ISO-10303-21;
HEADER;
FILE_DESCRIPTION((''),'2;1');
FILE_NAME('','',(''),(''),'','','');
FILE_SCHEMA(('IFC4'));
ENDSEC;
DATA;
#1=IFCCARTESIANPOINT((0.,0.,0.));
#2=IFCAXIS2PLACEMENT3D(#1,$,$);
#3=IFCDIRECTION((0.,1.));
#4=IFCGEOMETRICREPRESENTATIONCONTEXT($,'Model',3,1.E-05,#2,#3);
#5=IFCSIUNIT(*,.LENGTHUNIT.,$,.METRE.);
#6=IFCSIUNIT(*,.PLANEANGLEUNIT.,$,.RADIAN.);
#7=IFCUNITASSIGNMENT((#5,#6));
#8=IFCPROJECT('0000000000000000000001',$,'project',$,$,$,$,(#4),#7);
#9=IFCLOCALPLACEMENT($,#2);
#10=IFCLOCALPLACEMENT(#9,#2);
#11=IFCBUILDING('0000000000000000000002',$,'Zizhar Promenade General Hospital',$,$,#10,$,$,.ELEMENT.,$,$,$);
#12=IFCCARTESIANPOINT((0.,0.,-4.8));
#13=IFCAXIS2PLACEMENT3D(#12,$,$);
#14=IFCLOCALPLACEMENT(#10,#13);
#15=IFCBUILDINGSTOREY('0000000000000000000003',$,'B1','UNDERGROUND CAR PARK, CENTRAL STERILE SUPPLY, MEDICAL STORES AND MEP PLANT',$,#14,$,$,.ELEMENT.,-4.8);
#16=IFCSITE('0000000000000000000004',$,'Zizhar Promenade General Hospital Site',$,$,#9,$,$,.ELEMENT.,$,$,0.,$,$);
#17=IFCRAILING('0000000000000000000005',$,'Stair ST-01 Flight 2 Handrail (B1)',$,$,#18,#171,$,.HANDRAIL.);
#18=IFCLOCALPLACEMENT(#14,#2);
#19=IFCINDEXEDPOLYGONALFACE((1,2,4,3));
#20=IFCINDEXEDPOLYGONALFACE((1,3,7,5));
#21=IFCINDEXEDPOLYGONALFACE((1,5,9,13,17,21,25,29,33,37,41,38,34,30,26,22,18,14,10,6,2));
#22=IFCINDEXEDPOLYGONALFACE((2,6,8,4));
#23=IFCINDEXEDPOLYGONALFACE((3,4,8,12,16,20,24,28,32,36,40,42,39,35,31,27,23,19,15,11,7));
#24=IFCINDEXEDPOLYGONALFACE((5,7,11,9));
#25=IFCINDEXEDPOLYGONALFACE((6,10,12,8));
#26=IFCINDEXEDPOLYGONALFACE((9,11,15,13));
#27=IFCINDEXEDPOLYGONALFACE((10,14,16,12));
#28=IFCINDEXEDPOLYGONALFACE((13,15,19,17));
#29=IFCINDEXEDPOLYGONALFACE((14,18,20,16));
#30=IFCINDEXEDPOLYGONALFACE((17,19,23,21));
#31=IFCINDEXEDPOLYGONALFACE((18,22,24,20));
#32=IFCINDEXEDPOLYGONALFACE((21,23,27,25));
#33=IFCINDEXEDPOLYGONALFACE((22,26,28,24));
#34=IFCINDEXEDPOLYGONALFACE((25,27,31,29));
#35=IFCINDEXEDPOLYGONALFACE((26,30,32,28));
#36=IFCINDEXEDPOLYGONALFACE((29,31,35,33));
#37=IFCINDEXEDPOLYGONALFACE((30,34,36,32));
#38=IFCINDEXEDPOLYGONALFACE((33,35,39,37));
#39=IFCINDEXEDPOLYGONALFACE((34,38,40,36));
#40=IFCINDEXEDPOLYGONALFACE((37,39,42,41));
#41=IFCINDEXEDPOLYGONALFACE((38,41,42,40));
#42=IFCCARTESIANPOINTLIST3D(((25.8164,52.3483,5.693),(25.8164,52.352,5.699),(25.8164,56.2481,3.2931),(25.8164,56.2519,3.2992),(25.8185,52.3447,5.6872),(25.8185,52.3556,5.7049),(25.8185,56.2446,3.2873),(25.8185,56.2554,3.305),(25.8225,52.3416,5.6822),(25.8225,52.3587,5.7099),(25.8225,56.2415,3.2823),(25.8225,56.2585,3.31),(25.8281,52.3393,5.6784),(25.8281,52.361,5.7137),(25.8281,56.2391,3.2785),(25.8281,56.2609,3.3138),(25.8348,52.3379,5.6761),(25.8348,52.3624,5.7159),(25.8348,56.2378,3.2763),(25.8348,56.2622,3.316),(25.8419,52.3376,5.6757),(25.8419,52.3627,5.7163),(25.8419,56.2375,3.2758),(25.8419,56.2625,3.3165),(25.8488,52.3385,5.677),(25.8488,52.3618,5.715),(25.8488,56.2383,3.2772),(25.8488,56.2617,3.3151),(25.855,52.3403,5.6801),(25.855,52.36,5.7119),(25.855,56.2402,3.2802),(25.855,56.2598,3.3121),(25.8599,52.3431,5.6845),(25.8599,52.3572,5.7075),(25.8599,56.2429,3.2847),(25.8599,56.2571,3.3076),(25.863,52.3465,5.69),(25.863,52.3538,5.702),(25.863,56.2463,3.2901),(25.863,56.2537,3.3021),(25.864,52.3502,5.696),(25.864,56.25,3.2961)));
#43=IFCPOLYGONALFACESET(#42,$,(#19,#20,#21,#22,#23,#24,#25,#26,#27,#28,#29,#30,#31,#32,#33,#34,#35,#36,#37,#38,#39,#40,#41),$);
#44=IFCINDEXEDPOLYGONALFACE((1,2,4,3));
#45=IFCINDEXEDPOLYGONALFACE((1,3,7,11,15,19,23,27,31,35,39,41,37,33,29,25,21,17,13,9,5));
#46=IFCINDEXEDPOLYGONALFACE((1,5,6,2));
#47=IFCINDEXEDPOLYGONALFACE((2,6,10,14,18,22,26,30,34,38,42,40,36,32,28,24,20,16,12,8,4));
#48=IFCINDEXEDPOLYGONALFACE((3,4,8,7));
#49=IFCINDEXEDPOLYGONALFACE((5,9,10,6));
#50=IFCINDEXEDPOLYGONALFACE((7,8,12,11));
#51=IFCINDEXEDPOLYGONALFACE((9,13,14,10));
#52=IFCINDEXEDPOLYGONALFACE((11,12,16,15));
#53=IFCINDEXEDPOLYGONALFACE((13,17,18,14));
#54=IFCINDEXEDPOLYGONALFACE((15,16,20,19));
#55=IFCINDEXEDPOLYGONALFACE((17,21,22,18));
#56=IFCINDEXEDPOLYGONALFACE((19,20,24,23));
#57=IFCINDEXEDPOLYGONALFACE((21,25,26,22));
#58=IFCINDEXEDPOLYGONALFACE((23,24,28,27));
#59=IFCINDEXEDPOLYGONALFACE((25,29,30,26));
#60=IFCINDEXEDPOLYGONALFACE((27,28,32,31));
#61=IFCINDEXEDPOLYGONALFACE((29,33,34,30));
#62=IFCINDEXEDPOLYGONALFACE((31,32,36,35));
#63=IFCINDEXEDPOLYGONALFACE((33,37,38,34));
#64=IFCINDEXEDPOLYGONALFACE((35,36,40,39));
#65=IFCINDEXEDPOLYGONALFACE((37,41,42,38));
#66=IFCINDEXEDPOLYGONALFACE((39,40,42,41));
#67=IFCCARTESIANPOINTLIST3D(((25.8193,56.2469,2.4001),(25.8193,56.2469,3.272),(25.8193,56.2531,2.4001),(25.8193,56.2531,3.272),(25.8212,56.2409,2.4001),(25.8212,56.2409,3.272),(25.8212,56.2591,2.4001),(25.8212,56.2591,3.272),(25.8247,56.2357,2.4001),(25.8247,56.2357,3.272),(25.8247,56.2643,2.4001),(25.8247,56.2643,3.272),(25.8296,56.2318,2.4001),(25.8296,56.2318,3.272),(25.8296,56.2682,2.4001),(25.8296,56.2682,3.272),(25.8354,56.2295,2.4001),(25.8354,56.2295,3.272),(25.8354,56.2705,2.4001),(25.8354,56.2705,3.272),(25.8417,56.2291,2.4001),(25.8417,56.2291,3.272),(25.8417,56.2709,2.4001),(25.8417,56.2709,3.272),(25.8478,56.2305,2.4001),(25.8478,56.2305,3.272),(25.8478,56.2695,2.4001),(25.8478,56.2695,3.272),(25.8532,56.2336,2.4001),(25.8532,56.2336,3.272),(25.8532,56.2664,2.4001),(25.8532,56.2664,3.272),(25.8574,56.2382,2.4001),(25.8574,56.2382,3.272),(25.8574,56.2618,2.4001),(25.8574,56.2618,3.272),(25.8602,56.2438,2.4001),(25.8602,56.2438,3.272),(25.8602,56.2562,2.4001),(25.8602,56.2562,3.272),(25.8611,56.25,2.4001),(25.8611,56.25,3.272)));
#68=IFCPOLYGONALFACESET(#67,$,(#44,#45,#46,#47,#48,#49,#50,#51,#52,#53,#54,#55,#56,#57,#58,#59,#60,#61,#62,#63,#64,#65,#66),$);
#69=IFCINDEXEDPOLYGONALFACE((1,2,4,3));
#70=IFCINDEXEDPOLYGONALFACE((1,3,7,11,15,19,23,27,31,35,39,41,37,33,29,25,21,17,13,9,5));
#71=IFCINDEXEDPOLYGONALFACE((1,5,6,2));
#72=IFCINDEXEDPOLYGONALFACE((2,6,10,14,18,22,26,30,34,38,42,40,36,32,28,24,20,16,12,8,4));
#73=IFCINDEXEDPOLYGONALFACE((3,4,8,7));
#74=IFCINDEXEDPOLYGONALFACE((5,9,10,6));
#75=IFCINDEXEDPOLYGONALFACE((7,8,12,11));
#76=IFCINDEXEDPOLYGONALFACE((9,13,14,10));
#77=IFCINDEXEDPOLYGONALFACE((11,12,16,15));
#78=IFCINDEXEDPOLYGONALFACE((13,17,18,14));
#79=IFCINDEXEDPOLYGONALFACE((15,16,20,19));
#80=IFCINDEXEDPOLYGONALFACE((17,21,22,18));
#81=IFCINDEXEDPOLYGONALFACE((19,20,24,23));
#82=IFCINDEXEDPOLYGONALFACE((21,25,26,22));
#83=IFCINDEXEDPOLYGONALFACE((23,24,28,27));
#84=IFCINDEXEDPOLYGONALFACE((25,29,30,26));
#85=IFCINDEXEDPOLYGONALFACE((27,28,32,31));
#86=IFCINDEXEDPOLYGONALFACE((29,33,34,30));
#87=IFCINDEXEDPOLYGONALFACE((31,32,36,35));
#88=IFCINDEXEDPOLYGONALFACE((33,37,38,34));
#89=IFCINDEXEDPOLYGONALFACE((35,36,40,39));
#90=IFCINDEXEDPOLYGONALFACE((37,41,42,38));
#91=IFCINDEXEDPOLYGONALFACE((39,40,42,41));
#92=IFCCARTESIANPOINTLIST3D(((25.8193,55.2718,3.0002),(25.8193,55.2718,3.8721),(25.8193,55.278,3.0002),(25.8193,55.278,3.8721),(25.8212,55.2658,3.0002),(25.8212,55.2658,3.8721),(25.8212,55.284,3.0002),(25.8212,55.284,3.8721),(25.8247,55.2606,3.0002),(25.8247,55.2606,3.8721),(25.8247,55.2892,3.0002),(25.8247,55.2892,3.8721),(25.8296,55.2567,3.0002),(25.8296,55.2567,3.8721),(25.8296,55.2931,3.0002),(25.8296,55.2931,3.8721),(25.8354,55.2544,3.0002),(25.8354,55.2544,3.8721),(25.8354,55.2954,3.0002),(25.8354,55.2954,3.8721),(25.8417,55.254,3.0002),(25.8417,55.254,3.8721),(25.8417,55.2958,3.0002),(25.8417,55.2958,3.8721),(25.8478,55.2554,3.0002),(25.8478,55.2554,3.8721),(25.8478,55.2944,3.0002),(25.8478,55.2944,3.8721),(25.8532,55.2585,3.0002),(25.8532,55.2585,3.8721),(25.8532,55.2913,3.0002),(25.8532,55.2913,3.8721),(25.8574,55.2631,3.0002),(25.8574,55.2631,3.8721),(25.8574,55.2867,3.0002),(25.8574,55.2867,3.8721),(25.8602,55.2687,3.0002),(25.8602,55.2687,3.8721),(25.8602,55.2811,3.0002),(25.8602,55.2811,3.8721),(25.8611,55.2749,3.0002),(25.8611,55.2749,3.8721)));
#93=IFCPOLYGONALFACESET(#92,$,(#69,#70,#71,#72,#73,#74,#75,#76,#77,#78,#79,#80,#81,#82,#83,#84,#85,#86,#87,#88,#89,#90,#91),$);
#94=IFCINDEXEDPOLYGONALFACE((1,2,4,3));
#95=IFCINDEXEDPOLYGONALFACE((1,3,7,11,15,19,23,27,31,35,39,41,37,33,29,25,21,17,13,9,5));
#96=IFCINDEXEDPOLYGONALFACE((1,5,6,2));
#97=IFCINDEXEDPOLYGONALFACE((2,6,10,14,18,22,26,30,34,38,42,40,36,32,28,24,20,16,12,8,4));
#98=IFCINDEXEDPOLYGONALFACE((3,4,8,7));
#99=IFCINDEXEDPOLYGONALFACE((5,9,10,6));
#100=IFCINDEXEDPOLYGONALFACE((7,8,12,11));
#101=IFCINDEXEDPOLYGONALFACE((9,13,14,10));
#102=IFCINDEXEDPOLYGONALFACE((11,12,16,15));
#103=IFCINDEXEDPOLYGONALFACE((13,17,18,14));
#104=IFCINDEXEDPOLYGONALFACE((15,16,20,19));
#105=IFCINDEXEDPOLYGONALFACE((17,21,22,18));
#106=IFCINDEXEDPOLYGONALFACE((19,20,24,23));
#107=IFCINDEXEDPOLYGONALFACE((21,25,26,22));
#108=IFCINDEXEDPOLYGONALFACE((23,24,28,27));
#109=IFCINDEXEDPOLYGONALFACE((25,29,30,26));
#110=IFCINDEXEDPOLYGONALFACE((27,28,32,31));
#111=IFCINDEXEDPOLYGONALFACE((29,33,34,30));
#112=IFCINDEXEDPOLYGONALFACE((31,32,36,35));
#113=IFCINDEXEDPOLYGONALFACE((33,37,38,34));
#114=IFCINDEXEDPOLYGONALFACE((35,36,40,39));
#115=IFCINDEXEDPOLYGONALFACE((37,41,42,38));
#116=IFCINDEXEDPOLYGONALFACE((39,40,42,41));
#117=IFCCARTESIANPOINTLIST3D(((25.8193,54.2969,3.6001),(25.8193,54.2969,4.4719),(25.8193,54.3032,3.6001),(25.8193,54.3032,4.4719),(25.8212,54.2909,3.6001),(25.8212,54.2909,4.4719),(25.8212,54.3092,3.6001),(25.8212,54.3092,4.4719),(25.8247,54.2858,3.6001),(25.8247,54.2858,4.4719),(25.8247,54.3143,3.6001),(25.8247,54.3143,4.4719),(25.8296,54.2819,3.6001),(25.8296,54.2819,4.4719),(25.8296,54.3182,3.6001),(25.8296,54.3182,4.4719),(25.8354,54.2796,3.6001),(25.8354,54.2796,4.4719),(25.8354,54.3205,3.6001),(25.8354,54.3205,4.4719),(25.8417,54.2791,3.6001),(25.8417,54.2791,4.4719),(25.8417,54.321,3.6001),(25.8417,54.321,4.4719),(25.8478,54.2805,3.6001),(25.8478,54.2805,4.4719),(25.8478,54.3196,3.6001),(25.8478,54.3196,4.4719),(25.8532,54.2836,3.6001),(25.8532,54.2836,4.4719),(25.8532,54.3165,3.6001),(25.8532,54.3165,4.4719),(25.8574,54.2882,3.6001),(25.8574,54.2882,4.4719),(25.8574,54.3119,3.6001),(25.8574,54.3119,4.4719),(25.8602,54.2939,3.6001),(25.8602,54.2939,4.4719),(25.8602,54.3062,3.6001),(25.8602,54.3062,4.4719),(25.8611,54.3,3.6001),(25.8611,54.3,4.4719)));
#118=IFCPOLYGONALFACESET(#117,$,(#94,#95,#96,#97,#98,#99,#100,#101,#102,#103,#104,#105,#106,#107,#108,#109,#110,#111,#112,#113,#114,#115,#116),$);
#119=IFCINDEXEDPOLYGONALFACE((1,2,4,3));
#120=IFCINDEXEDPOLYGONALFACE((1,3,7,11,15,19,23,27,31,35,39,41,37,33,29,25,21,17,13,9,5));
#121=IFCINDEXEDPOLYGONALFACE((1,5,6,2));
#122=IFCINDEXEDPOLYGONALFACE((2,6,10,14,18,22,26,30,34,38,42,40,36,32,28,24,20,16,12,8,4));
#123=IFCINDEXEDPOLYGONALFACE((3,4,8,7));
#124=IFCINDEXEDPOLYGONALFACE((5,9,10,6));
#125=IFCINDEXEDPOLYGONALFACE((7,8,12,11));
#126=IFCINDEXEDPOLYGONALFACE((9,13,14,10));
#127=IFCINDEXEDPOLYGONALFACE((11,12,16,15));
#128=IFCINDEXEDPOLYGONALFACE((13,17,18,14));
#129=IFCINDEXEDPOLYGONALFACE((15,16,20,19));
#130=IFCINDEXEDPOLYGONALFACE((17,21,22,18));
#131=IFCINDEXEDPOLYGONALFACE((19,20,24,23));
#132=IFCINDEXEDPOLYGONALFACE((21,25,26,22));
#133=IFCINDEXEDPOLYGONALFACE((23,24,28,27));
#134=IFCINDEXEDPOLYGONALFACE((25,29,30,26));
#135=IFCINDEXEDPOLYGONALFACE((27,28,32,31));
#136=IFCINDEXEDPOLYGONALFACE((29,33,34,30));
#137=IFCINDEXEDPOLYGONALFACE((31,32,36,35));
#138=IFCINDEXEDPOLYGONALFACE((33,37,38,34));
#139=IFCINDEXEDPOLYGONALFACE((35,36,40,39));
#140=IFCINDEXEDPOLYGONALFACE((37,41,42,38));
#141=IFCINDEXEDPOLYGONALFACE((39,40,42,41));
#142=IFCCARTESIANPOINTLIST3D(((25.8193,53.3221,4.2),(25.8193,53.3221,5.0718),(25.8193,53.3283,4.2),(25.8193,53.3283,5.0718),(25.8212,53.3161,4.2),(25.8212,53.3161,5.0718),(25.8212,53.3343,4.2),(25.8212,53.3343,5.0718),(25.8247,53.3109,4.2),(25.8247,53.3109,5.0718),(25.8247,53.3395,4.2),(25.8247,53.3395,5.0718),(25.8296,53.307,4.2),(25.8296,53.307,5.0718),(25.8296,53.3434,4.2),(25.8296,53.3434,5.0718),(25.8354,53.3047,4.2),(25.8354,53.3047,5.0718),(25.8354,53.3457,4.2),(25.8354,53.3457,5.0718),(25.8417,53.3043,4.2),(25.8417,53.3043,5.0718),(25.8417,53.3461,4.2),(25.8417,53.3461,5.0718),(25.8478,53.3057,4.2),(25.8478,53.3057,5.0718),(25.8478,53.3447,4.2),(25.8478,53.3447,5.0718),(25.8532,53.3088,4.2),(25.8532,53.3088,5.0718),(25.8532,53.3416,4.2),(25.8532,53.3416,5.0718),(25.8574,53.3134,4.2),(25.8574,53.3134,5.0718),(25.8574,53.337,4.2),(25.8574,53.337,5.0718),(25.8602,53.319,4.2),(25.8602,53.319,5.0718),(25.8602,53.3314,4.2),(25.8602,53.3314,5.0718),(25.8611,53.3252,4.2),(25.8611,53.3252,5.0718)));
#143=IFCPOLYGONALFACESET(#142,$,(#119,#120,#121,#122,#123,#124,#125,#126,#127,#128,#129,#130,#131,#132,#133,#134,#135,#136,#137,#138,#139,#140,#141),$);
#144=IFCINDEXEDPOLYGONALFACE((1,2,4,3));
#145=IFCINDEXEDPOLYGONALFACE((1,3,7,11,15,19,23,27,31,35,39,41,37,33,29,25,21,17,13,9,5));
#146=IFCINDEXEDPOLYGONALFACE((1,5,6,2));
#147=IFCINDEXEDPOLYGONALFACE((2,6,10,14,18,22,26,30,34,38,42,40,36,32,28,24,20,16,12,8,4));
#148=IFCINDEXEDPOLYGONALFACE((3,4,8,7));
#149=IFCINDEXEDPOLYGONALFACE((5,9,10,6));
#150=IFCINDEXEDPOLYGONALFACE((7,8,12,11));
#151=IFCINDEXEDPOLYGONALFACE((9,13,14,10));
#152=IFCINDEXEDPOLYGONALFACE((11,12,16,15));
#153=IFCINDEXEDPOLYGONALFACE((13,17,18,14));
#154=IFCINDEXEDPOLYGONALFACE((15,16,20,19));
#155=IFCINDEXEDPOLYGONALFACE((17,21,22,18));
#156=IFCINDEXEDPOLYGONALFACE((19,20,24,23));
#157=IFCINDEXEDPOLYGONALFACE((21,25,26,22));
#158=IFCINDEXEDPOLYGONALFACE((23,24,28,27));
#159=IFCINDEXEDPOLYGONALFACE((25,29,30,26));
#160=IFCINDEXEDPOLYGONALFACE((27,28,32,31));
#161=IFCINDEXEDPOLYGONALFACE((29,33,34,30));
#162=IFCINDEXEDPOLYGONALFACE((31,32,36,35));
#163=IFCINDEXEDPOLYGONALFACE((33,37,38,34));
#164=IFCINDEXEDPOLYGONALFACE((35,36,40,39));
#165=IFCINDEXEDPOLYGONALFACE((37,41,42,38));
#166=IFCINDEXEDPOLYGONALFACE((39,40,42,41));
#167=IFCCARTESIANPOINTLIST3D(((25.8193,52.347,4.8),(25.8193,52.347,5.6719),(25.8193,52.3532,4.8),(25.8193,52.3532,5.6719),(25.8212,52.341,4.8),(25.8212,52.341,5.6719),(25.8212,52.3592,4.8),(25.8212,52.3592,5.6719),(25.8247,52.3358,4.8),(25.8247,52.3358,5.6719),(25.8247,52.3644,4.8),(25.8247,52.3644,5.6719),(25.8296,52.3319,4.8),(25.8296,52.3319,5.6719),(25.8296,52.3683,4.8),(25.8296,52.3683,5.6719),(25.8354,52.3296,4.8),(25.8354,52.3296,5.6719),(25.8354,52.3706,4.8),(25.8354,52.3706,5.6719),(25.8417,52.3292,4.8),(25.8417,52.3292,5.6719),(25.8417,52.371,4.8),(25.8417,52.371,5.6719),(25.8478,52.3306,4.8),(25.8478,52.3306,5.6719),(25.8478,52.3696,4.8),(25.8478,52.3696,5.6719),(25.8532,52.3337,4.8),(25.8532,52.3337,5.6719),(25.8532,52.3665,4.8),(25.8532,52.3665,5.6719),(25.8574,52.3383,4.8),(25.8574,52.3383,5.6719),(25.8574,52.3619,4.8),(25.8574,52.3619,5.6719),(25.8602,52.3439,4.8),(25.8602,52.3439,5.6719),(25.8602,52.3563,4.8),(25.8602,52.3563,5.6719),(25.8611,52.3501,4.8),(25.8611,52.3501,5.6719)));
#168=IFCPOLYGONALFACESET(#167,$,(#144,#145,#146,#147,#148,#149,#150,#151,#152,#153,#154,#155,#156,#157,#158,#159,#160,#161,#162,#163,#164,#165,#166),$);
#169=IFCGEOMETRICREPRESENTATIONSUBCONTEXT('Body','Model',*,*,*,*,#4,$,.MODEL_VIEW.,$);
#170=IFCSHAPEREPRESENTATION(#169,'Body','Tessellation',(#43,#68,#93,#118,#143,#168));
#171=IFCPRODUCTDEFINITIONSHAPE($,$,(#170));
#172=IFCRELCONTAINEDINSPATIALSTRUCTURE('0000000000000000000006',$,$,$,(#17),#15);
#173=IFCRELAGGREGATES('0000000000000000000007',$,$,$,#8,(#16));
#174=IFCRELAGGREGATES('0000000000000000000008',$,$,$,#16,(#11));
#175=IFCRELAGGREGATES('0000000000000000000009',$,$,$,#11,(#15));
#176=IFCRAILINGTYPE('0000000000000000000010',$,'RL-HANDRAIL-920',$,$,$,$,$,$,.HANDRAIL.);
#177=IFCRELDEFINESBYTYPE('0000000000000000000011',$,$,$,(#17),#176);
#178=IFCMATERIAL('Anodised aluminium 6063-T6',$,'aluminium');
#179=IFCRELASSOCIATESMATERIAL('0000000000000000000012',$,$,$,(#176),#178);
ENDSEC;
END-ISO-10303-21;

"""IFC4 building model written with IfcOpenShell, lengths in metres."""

from ifc_helpers import new_model, si_unit, direction, frame, origin, origin_2d, place, context, subcontext, project, spatial, circle, hollow_circle, extrude, material, material_profile, profile_set, type_object, element, save


model = new_model("IFC4")

# Units and contexts
model_context = context("Model", 3, precision=1e-05, world=origin(), true_north=direction((0.0, 1.0)))
body_context = subcontext(model_context, "Body", "Model", "MODEL_VIEW")
ifc_project = project(units=[si_unit("LENGTHUNIT", "METRE"), si_unit("PLANEANGLEUNIT", "RADIAN")], contexts=[model_context])

# Site, building, storey
site_placement = place(None, origin())
site = spatial("IfcSite", under=ifc_project, at=site_placement, Name="Zizhar Promenade General Hospital Site", CompositionType="ELEMENT", RefElevation=0.0)
building_placement = place(site_placement, origin())
building = spatial("IfcBuilding", under=site, at=building_placement, Name="Zizhar Promenade General Hospital", CompositionType="ELEMENT")
storey_placement = place(building_placement, frame((0.0, 0.0, -4.8)))
storey = spatial("IfcBuildingStorey", under=building, at=storey_placement, Name="B1", Description="UNDERGROUND CAR PARK, CENTRAL STERILE SUPPLY, MEDICAL STORES AND MEP PLANT", CompositionType="ELEMENT", Elevation=-4.8)

# Railing
ifc_material_1 = material(Name="Anodised aluminium 6063-T6", Category="aluminium")
ifc_material_profile_1 = material_profile(ifc_material_1, hollow_circle(Radius=0.0698, WallThickness=0.0063, at=origin_2d()))
ifc_profile_set_1 = profile_set([ifc_material_profile_1], Name="Anodised aluminium 6063-T6")
railing_type_1 = type_object("IfcRailingType", Name="RL-HANDRAIL-920", PredefinedType="HANDRAIL", material=ifc_profile_set_1)
railing_1_placement = place(storey_placement, frame((25.8401, 56.25, 2.4001)))
element("IfcRailing", 1, at=railing_1_placement, inside=storey, type_object=railing_type_1, Name="Stair ST-01 Flight 2 Handrail (B1)", PredefinedType="HANDRAIL", context=body_context, shape_type="SweptSolid", body=[
    extrude(circle(Radius=0.0239, at=origin_2d()), frame((0.0, 0.0, 0.896), z_axis=(0.0, -0.851662, 0.524091), x_axis=(1.0, 0.0, 0.0)), (0.0, 0.0, 1.0), 4.5791),
    extrude(circle(Radius=0.021, at=origin_2d()), origin(), (0.0, 0.0, 1.0), 0.8718),
    extrude(circle(Radius=0.021, at=origin_2d()), frame((0.0, -0.9751, 0.6001)), (0.0, 0.0, 1.0), 0.8718),
    extrude(circle(Radius=0.021, at=origin_2d()), frame((0.0, -1.95, 1.2)), (0.0, 0.0, 1.0), 0.8718),
    extrude(circle(Radius=0.021, at=origin_2d()), frame((0.0, -2.9248, 1.7998)), (0.0, 0.0, 1.0), 0.8718),
    extrude(circle(Radius=0.021, at=origin_2d()), frame((0.0, -3.8999, 2.3999)), (0.0, 0.0, 1.0), 0.8718),
])

save(model, "model.ifc")
